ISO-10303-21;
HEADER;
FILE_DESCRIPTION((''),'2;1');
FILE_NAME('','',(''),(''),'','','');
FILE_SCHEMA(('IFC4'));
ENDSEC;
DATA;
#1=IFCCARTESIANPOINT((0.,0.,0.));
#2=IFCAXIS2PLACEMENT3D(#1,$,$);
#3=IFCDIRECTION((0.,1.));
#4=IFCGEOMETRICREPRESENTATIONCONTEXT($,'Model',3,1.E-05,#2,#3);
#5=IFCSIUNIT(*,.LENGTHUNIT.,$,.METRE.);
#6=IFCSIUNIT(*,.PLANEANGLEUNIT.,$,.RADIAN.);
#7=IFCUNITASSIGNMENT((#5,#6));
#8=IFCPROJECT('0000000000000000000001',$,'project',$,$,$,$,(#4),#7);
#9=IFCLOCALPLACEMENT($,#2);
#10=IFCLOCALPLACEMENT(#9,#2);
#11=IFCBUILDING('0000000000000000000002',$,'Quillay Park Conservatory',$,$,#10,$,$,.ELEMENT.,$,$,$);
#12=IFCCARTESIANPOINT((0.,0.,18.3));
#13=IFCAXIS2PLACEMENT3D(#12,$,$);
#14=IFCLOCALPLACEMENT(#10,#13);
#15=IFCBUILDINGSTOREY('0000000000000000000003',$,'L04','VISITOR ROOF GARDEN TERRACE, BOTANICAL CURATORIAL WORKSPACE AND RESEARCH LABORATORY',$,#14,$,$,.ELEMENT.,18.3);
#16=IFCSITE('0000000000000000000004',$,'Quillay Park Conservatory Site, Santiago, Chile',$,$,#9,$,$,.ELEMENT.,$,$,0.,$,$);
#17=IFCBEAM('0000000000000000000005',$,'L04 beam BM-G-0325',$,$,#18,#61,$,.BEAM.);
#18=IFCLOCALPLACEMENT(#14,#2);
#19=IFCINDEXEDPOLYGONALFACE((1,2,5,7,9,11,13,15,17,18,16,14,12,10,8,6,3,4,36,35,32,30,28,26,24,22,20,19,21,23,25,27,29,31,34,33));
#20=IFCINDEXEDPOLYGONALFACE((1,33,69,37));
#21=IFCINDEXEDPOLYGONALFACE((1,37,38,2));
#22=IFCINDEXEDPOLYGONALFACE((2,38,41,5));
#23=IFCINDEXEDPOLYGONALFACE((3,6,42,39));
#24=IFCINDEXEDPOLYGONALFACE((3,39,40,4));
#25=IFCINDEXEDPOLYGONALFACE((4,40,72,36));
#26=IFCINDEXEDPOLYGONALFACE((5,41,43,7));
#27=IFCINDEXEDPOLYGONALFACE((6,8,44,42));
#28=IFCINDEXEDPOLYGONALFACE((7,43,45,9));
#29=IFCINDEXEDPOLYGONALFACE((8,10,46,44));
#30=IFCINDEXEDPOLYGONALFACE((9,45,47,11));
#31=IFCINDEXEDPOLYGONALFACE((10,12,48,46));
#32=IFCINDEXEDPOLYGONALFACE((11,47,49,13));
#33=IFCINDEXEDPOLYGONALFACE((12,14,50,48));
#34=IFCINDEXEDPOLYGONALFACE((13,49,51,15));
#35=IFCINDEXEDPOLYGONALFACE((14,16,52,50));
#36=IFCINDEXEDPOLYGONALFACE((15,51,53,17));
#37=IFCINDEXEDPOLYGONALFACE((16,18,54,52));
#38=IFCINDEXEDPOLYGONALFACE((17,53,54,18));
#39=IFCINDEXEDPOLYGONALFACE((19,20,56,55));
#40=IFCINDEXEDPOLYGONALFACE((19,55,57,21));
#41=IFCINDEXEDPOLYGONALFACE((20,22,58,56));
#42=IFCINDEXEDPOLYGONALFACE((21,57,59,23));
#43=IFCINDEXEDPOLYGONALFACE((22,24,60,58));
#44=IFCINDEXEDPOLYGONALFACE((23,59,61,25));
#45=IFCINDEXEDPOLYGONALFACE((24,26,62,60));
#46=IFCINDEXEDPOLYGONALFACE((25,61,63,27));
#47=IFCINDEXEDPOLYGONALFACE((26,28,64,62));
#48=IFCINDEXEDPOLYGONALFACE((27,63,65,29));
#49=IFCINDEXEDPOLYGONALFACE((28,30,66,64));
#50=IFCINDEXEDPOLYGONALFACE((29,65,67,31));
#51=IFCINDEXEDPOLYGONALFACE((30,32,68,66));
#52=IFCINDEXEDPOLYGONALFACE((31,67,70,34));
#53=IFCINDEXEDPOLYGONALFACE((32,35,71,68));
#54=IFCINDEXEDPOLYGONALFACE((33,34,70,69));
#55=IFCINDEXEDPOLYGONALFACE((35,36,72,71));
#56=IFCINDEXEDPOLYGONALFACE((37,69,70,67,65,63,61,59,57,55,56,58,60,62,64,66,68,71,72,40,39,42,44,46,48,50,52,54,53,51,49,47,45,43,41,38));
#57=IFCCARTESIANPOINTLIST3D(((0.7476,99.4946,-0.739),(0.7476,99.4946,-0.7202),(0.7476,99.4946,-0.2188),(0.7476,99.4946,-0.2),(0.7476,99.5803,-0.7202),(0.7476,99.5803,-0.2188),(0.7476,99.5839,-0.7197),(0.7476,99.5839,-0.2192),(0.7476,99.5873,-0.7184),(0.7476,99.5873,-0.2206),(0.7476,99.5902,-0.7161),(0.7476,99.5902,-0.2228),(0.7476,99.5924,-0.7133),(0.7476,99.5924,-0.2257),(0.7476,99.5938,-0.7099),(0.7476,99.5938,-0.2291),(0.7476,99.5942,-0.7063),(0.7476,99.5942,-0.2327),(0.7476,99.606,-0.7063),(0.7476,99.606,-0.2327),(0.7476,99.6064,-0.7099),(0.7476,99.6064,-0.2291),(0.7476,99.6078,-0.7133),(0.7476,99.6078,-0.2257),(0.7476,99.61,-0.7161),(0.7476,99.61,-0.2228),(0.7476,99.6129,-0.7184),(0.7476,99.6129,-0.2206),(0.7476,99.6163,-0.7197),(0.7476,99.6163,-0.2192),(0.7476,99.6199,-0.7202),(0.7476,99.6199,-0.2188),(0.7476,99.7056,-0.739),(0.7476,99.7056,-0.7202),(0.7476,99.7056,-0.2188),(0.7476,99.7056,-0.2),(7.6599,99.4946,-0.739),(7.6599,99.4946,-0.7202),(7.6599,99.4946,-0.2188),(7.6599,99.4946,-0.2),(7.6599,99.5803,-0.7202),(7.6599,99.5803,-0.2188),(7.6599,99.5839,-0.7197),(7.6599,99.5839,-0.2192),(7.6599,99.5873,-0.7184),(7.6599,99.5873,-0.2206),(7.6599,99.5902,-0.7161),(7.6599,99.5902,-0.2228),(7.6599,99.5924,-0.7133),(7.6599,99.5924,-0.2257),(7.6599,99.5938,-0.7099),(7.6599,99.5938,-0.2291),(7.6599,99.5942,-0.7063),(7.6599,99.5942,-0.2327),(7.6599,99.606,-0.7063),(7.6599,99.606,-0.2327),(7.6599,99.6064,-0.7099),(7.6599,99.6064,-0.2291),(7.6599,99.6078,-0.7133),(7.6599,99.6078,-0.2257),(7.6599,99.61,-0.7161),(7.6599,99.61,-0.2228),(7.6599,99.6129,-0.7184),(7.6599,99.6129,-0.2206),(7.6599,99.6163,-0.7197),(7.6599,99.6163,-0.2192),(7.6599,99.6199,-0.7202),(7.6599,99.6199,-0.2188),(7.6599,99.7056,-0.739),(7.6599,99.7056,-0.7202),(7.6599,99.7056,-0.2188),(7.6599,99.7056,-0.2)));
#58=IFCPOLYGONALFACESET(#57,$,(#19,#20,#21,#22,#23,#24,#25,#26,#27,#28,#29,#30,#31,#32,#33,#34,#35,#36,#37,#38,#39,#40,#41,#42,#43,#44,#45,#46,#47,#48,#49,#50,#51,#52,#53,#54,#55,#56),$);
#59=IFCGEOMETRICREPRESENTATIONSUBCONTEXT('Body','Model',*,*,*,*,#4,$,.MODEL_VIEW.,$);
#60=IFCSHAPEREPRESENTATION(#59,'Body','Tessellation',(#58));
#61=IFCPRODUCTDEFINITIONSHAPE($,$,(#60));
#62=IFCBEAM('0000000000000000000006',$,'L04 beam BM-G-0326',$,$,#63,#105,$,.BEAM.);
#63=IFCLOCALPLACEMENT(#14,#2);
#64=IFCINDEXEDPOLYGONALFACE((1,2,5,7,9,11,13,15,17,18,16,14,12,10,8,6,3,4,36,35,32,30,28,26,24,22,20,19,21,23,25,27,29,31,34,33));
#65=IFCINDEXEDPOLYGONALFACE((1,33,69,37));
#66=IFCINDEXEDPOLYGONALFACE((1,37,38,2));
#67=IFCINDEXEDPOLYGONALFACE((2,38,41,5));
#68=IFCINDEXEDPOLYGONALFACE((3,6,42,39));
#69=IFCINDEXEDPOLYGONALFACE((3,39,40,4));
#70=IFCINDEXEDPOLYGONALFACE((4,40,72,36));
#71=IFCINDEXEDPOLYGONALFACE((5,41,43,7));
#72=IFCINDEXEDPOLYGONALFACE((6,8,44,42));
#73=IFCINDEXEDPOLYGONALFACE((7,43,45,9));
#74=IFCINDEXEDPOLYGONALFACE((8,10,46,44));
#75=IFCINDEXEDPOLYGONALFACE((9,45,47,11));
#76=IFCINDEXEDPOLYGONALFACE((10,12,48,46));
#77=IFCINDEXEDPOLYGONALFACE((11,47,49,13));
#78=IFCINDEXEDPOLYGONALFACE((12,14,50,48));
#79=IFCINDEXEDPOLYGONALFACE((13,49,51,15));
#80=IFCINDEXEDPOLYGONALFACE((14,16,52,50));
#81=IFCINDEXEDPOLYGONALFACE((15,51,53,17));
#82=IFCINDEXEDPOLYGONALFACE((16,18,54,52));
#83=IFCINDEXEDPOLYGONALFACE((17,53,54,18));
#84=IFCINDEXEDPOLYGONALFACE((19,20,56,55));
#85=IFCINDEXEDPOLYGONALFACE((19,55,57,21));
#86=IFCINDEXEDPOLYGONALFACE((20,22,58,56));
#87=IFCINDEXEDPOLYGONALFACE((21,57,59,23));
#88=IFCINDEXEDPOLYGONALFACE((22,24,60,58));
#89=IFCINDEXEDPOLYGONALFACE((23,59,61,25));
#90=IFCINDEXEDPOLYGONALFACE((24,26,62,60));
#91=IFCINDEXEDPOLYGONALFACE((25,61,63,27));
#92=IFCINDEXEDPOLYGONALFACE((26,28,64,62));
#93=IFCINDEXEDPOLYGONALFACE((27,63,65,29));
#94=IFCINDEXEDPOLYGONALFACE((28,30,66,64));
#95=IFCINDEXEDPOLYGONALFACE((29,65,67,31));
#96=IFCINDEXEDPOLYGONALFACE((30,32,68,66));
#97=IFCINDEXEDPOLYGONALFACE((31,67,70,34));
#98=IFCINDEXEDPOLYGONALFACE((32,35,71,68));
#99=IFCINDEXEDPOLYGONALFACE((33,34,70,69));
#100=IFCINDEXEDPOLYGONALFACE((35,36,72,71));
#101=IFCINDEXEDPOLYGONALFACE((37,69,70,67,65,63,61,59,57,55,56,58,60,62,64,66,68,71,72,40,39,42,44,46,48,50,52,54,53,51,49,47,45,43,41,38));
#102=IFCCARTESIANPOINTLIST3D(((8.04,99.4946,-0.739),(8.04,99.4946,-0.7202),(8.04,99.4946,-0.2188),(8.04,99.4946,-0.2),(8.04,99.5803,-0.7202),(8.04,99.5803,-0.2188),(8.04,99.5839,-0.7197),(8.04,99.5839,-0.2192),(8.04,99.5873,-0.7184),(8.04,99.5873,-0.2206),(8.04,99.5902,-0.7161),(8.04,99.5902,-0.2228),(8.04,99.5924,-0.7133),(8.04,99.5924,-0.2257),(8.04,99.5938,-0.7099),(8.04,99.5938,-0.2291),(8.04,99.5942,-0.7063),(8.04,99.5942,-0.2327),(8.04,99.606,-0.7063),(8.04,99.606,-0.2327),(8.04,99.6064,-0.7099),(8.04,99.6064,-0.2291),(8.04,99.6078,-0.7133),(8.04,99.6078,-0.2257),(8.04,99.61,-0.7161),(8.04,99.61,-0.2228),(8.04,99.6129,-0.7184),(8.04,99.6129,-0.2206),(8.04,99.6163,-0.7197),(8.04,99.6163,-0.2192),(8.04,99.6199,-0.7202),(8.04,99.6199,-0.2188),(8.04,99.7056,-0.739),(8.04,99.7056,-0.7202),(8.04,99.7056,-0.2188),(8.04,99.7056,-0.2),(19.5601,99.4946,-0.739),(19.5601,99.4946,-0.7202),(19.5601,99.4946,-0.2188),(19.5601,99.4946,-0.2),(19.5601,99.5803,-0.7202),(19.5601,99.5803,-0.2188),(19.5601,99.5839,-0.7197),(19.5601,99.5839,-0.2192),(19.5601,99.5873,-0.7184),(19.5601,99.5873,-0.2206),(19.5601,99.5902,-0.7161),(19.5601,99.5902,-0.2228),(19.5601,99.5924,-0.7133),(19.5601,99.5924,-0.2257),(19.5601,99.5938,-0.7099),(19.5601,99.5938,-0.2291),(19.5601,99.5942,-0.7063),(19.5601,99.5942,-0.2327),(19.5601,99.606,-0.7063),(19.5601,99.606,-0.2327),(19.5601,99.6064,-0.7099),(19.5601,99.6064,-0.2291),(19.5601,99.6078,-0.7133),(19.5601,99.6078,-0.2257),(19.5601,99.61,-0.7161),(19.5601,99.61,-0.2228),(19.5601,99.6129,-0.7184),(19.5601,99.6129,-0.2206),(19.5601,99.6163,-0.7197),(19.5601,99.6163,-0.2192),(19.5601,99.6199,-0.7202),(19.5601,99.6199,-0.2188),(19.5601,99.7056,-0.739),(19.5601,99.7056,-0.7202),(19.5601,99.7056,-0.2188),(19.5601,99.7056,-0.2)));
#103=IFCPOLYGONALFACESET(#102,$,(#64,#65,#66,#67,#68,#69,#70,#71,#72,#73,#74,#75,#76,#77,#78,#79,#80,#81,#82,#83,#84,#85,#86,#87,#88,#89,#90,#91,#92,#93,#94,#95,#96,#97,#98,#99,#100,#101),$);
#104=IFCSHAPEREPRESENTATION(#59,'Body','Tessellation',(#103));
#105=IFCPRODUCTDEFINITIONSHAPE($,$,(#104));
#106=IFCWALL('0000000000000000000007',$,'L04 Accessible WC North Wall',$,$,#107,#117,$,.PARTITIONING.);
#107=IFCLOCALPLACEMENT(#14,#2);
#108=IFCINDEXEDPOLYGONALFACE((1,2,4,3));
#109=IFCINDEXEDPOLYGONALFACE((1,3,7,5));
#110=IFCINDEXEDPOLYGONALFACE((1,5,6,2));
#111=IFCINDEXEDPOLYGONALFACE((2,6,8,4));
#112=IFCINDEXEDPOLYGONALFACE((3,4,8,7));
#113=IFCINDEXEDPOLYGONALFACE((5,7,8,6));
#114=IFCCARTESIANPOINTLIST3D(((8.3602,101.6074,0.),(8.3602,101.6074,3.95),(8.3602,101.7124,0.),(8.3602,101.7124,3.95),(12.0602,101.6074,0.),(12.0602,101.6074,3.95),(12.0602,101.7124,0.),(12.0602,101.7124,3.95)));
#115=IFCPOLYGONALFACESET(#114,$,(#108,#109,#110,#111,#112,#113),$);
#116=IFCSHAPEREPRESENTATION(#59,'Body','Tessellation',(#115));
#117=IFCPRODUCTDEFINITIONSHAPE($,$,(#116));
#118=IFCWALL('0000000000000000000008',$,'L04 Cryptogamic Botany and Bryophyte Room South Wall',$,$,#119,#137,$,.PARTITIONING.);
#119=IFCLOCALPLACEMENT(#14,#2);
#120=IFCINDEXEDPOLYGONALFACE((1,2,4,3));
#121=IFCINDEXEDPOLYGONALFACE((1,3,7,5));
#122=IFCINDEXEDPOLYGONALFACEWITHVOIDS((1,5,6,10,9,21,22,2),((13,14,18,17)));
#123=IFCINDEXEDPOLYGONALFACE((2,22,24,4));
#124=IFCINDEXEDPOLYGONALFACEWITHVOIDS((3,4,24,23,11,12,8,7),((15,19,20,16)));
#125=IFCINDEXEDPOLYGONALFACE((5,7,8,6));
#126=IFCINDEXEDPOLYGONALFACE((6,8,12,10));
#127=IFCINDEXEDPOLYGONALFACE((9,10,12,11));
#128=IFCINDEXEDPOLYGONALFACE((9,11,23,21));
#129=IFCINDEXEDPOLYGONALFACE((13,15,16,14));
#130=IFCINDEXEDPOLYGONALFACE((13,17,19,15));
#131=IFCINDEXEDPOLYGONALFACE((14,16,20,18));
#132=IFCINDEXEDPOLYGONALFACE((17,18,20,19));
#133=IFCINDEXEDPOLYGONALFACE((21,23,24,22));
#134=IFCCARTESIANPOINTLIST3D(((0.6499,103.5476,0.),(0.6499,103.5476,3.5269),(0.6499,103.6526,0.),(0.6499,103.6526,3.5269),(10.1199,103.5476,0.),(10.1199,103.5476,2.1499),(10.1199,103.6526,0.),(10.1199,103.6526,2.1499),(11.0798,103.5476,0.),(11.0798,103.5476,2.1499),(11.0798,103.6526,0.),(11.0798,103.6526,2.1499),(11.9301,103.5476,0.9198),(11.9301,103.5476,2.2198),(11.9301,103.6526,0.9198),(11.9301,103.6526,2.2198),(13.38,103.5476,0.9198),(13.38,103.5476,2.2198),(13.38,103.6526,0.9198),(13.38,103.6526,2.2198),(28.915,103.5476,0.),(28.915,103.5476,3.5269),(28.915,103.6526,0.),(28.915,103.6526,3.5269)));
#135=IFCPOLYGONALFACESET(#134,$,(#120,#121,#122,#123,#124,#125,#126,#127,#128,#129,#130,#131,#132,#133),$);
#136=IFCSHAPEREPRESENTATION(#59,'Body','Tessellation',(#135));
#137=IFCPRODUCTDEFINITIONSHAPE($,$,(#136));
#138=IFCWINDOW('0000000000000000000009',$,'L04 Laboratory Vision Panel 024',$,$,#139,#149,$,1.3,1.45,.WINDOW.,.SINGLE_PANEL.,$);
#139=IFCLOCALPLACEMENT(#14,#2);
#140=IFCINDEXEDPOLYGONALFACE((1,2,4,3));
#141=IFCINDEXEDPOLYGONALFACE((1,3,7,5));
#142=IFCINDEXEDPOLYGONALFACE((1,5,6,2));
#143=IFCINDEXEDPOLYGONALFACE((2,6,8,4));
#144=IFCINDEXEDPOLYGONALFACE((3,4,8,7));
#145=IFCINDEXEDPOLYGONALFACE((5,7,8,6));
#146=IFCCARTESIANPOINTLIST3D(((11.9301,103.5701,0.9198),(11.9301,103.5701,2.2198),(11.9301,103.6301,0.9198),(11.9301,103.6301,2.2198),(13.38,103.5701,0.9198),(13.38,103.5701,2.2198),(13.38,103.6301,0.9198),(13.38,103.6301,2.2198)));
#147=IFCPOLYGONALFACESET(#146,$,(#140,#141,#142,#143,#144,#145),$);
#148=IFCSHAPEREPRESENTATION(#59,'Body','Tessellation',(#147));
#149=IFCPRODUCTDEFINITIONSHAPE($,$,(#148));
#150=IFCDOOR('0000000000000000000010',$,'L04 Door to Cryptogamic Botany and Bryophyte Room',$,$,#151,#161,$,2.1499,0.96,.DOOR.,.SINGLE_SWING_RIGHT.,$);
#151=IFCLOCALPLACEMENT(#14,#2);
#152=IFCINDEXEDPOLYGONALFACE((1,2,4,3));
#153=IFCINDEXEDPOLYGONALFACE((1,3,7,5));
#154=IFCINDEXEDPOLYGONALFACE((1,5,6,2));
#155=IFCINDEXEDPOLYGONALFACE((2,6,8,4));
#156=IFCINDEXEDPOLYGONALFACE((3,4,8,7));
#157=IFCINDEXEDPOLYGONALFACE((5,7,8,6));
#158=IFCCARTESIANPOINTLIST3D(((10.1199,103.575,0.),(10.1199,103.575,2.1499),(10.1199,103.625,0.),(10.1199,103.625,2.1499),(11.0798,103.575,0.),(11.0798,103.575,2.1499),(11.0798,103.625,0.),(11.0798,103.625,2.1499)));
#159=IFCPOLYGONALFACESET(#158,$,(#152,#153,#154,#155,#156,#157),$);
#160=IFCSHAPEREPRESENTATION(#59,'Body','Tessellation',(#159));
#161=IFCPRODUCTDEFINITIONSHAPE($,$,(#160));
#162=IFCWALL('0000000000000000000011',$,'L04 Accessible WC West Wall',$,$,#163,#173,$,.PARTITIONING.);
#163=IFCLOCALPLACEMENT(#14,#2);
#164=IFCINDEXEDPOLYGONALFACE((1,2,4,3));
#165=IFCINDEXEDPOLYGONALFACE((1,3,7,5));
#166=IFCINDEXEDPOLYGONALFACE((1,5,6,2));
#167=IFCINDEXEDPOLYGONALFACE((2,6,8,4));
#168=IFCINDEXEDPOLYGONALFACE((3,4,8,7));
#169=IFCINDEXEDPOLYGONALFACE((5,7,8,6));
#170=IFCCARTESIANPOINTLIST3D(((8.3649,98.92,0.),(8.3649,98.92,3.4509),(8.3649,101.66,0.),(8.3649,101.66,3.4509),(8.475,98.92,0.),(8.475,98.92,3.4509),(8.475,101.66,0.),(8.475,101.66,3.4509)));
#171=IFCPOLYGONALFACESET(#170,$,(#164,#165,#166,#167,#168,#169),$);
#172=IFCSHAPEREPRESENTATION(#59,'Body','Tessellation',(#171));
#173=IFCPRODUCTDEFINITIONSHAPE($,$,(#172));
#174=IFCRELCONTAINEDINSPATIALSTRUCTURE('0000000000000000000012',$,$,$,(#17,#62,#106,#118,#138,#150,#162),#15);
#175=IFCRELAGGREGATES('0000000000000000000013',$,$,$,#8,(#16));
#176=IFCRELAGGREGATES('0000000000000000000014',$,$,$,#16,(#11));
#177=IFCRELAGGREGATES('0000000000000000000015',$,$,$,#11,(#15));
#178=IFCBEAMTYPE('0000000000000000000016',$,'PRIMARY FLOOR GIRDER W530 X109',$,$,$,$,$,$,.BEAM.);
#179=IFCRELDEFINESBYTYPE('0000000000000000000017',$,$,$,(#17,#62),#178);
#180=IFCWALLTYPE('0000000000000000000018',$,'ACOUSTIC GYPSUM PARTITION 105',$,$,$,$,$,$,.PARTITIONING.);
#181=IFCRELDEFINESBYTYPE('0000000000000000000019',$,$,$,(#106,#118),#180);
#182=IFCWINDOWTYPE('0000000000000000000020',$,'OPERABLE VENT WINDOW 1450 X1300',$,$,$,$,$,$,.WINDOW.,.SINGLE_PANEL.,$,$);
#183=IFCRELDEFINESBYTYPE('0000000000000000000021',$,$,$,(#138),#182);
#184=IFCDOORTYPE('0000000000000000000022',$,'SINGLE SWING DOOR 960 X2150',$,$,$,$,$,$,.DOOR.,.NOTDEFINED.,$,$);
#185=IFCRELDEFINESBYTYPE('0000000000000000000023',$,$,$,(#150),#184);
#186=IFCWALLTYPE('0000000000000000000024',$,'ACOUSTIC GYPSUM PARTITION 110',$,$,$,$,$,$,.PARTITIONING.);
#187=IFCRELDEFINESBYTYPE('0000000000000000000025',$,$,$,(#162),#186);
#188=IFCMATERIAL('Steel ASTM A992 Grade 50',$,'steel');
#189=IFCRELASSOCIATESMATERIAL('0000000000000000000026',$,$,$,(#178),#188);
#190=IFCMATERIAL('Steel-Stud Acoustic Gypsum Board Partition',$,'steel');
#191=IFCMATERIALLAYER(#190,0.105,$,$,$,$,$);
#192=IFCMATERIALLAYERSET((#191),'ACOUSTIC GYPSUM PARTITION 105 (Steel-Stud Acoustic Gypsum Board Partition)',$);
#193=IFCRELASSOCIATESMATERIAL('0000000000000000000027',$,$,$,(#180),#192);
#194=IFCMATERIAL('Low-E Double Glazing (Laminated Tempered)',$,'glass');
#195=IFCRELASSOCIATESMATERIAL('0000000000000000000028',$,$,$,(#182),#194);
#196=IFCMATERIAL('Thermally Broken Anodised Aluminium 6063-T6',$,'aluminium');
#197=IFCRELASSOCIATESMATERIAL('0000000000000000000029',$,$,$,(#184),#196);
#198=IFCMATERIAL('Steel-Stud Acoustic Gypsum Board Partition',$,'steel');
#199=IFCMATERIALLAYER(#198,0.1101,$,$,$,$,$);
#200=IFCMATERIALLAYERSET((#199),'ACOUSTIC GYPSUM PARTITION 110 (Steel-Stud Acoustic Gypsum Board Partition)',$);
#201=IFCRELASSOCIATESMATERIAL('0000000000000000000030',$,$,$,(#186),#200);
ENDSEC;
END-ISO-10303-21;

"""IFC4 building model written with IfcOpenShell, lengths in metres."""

from ifc_helpers import new_model, si_unit, direction, frame, frame_2d, origin, origin_2d, place, context, subcontext, project, spatial, rectangle, i_section, extrude, material, layer, layer_set, material_profile, profile_set, type_object, element, fill, save


model = new_model("IFC4")

# Units and contexts
model_context = context("Model", 3, precision=1e-05, world=origin(), true_north=direction((0.0, 1.0)))
body_context = subcontext(model_context, "Body", "Model", "MODEL_VIEW")
ifc_project = project(units=[si_unit("LENGTHUNIT", "METRE"), si_unit("PLANEANGLEUNIT", "RADIAN")], contexts=[model_context])

# Site, building, storey
site_placement = place(None, origin())
site = spatial("IfcSite", under=ifc_project, at=site_placement, Name="Quillay Park Conservatory Site, Santiago, Chile", CompositionType="ELEMENT", RefElevation=0.0)
building_placement = place(site_placement, origin())
building = spatial("IfcBuilding", under=site, at=building_placement, Name="Quillay Park Conservatory", CompositionType="ELEMENT")
storey_placement = place(building_placement, frame((0.0, 0.0, 18.3)))
storey = spatial("IfcBuildingStorey", under=building, at=storey_placement, Name="L04", Description="VISITOR ROOF GARDEN TERRACE, BOTANICAL CURATORIAL WORKSPACE AND RESEARCH LABORATORY", CompositionType="ELEMENT", Elevation=18.3)

# Beams
ifc_material_1 = material(Name="Steel ASTM A992 Grade 50", Category="steel")
ifc_material_profile_1 = material_profile(ifc_material_1, i_section(OverallWidth=0.2109, OverallDepth=0.5391, WebThickness=0.0117, FlangeThickness=0.0188, FilletRadius=0.0139, at=origin_2d()), Name="W530x109")
ifc_profile_set_1 = profile_set([ifc_material_profile_1], Name="Steel ASTM A992 Grade 50")
beam_type_1 = type_object("IfcBeamType", Name="PRIMARY FLOOR GIRDER W530 X109", PredefinedType="BEAM", material=ifc_profile_set_1)
beam_1_placement = place(storey_placement, frame((0.7476, 99.6001, -0.4695), z_axis=(1.0, 0.0, 0.0), x_axis=(0.0, 1.0, 0.0)))
element("IfcBeam", 1, at=beam_1_placement, inside=storey, type_object=beam_type_1, Name="L04 beam BM-G-0325", PredefinedType="BEAM", context=body_context, shape_type="SweptSolid", body=[
    extrude(i_section(OverallWidth=0.2109, OverallDepth=0.5391, WebThickness=0.0117, FlangeThickness=0.0188, FilletRadius=0.0139, at=origin_2d()), origin(), (0.0, 0.0, 1.0), 6.9124),
])
beam_2_placement = place(storey_placement, frame((8.04, 99.6001, -0.4695), z_axis=(1.0, 0.0, 0.0), x_axis=(0.0, 1.0, 0.0)))
element("IfcBeam", 2, at=beam_2_placement, inside=storey, type_object=beam_type_1, Name="L04 beam BM-G-0326", PredefinedType="BEAM", context=body_context, shape_type="SweptSolid", body=[
    extrude(i_section(OverallWidth=0.2109, OverallDepth=0.5391, WebThickness=0.0117, FlangeThickness=0.0188, FilletRadius=0.0139, at=origin_2d()), origin(), (0.0, 0.0, 1.0), 11.52),
])

# Wall
ifc_material_2 = material(Name="Steel-Stud Acoustic Gypsum Board Partition", Category="steel")
ifc_layer_1 = layer(ifc_material_2, 0.105)
ifc_layer_set_1 = layer_set([ifc_layer_1], Name="ACOUSTIC GYPSUM PARTITION 105 (Steel-Stud Acoustic Gypsum Board Partition)")
wall_type_1 = type_object("IfcWallType", Name="ACOUSTIC GYPSUM PARTITION 105", PredefinedType="PARTITIONING", material=ifc_layer_set_1)
wall_1_placement = place(storey_placement, frame((8.3601, 101.6599, 0.0), z_axis=(0.0, 0.0, 1.0), x_axis=(1.0, 0.0, 0.0)))
element("IfcWall", 3, at=wall_1_placement, inside=storey, type_object=wall_type_1, Name="L04 Accessible WC North Wall", PredefinedType="PARTITIONING", context=body_context, shape_type="SweptSolid", body=[
    extrude(rectangle(XDim=3.7, YDim=0.105, at=frame_2d((1.8501, 0.0))), origin(), (0.0, 0.0, 1.0), 3.95),
])

# Wall, openings, window, door
wall_2_placement = place(storey_placement, frame((0.6499, 103.6001, 0.0), z_axis=(0.0, 0.0, 1.0), x_axis=(1.0, 0.0, 0.0)))
wall_2 = element("IfcWall", 4, at=wall_2_placement, inside=storey, type_object=wall_type_1, Name="L04 Cryptogamic Botany and Bryophyte Room South Wall", PredefinedType="PARTITIONING", context=body_context, shape_type="SweptSolid", body=[
    extrude(rectangle(XDim=28.2651, YDim=0.105, at=frame_2d((14.1326, 0.0))), origin(), (0.0, 0.0, 1.0), 3.5269),
])
opening_1_placement = place(wall_2_placement, frame((9.47, 0.0, 0.0)))
opening_1 = element("IfcOpeningElement", 5, at=opening_1_placement, cuts=wall_2, PredefinedType="OPENING", context=body_context, shape_type="SweptSolid", body=[
    extrude(rectangle(XDim=0.96, YDim=2.1499, at=frame_2d((0.48, 1.075))), frame((0.0, 0.0525, 0.0), z_axis=(0.0, -1.0, 0.0), x_axis=(1.0, 0.0, 0.0)), (0.0, 0.0, 1.0), 0.105),
])
opening_2_placement = place(wall_2_placement, frame((11.28, 0.0, 0.9199)))
opening_2 = element("IfcOpeningElement", 6, at=opening_2_placement, cuts=wall_2, PredefinedType="OPENING", context=body_context, shape_type="SweptSolid", body=[
    extrude(rectangle(XDim=1.45, YDim=1.3, at=frame_2d((0.7251, 0.6499))), frame((0.0, 0.0525, 0.0), z_axis=(0.0, -1.0, 0.0), x_axis=(1.0, 0.0, 0.0)), (0.0, 0.0, 1.0), 0.105),
])
ifc_material_3 = material(Name="Low-E Double Glazing (Laminated Tempered)", Category="glass")
window_type_1 = type_object("IfcWindowType", Name="OPERABLE VENT WINDOW 1450 X1300", PartitioningType="SINGLE_PANEL", PredefinedType="WINDOW", material=ifc_material_3)
window_1_placement = place(opening_2_placement, origin())
window_1 = element("IfcWindow", 7, at=window_1_placement, inside=storey, type_object=window_type_1, Name="L04 Laboratory Vision Panel 024", OverallHeight=1.3, OverallWidth=1.45, PartitioningType="SINGLE_PANEL", PredefinedType="WINDOW", context=body_context, shape_type="SweptSolid", body=[
    extrude(rectangle(XDim=1.45, YDim=1.3, at=frame_2d((0.7251, 0.6499))), frame((0.0, 0.03, 0.0), z_axis=(0.0, -1.0, 0.0), x_axis=(1.0, 0.0, 0.0)), (0.0, 0.0, 1.0), 0.0601),
])
fill(opening_2, window_1)
ifc_material_4 = material(Name="Thermally Broken Anodised Aluminium 6063-T6", Category="aluminium")
door_type = type_object("IfcDoorType", Name="SINGLE SWING DOOR 960 X2150", OperationType="NOTDEFINED", PredefinedType="DOOR", material=ifc_material_4)
door_placement = place(opening_1_placement, origin())
door = element("IfcDoor", 8, at=door_placement, inside=storey, type_object=door_type, Name="L04 Door to Cryptogamic Botany and Bryophyte Room", OperationType="SINGLE_SWING_RIGHT", OverallHeight=2.1499, OverallWidth=0.96, PredefinedType="DOOR", context=body_context, shape_type="SweptSolid", body=[
    extrude(rectangle(XDim=0.96, YDim=2.1499, at=frame_2d((0.48, 1.075))), frame((0.0, 0.0249, 0.0), z_axis=(0.0, -1.0, 0.0), x_axis=(1.0, 0.0, 0.0)), (0.0, 0.0, 1.0), 0.05),
])
fill(opening_1, door)

# Wall
ifc_material_5 = material(Name="Steel-Stud Acoustic Gypsum Board Partition", Category="steel")
ifc_layer_2 = layer(ifc_material_5, 0.1101)
ifc_layer_set_2 = layer_set([ifc_layer_2], Name="ACOUSTIC GYPSUM PARTITION 110 (Steel-Stud Acoustic Gypsum Board Partition)")
wall_type_2 = type_object("IfcWallType", Name="ACOUSTIC GYPSUM PARTITION 110", PredefinedType="PARTITIONING", material=ifc_layer_set_2)
wall_3_placement = place(storey_placement, frame((8.4199, 98.9199, 0.0), z_axis=(0.0, 0.0, 1.0), x_axis=(0.0, 1.0, 0.0)))
element("IfcWall", 9, at=wall_3_placement, inside=storey, type_object=wall_type_2, Name="L04 Accessible WC West Wall", PredefinedType="PARTITIONING", context=body_context, shape_type="SweptSolid", body=[
    extrude(rectangle(XDim=2.74, YDim=0.1101, at=frame_2d((1.3701, 0.0))), origin(), (0.0, 0.0, 1.0), 3.4509),
])

save(model, "model.ifc")
